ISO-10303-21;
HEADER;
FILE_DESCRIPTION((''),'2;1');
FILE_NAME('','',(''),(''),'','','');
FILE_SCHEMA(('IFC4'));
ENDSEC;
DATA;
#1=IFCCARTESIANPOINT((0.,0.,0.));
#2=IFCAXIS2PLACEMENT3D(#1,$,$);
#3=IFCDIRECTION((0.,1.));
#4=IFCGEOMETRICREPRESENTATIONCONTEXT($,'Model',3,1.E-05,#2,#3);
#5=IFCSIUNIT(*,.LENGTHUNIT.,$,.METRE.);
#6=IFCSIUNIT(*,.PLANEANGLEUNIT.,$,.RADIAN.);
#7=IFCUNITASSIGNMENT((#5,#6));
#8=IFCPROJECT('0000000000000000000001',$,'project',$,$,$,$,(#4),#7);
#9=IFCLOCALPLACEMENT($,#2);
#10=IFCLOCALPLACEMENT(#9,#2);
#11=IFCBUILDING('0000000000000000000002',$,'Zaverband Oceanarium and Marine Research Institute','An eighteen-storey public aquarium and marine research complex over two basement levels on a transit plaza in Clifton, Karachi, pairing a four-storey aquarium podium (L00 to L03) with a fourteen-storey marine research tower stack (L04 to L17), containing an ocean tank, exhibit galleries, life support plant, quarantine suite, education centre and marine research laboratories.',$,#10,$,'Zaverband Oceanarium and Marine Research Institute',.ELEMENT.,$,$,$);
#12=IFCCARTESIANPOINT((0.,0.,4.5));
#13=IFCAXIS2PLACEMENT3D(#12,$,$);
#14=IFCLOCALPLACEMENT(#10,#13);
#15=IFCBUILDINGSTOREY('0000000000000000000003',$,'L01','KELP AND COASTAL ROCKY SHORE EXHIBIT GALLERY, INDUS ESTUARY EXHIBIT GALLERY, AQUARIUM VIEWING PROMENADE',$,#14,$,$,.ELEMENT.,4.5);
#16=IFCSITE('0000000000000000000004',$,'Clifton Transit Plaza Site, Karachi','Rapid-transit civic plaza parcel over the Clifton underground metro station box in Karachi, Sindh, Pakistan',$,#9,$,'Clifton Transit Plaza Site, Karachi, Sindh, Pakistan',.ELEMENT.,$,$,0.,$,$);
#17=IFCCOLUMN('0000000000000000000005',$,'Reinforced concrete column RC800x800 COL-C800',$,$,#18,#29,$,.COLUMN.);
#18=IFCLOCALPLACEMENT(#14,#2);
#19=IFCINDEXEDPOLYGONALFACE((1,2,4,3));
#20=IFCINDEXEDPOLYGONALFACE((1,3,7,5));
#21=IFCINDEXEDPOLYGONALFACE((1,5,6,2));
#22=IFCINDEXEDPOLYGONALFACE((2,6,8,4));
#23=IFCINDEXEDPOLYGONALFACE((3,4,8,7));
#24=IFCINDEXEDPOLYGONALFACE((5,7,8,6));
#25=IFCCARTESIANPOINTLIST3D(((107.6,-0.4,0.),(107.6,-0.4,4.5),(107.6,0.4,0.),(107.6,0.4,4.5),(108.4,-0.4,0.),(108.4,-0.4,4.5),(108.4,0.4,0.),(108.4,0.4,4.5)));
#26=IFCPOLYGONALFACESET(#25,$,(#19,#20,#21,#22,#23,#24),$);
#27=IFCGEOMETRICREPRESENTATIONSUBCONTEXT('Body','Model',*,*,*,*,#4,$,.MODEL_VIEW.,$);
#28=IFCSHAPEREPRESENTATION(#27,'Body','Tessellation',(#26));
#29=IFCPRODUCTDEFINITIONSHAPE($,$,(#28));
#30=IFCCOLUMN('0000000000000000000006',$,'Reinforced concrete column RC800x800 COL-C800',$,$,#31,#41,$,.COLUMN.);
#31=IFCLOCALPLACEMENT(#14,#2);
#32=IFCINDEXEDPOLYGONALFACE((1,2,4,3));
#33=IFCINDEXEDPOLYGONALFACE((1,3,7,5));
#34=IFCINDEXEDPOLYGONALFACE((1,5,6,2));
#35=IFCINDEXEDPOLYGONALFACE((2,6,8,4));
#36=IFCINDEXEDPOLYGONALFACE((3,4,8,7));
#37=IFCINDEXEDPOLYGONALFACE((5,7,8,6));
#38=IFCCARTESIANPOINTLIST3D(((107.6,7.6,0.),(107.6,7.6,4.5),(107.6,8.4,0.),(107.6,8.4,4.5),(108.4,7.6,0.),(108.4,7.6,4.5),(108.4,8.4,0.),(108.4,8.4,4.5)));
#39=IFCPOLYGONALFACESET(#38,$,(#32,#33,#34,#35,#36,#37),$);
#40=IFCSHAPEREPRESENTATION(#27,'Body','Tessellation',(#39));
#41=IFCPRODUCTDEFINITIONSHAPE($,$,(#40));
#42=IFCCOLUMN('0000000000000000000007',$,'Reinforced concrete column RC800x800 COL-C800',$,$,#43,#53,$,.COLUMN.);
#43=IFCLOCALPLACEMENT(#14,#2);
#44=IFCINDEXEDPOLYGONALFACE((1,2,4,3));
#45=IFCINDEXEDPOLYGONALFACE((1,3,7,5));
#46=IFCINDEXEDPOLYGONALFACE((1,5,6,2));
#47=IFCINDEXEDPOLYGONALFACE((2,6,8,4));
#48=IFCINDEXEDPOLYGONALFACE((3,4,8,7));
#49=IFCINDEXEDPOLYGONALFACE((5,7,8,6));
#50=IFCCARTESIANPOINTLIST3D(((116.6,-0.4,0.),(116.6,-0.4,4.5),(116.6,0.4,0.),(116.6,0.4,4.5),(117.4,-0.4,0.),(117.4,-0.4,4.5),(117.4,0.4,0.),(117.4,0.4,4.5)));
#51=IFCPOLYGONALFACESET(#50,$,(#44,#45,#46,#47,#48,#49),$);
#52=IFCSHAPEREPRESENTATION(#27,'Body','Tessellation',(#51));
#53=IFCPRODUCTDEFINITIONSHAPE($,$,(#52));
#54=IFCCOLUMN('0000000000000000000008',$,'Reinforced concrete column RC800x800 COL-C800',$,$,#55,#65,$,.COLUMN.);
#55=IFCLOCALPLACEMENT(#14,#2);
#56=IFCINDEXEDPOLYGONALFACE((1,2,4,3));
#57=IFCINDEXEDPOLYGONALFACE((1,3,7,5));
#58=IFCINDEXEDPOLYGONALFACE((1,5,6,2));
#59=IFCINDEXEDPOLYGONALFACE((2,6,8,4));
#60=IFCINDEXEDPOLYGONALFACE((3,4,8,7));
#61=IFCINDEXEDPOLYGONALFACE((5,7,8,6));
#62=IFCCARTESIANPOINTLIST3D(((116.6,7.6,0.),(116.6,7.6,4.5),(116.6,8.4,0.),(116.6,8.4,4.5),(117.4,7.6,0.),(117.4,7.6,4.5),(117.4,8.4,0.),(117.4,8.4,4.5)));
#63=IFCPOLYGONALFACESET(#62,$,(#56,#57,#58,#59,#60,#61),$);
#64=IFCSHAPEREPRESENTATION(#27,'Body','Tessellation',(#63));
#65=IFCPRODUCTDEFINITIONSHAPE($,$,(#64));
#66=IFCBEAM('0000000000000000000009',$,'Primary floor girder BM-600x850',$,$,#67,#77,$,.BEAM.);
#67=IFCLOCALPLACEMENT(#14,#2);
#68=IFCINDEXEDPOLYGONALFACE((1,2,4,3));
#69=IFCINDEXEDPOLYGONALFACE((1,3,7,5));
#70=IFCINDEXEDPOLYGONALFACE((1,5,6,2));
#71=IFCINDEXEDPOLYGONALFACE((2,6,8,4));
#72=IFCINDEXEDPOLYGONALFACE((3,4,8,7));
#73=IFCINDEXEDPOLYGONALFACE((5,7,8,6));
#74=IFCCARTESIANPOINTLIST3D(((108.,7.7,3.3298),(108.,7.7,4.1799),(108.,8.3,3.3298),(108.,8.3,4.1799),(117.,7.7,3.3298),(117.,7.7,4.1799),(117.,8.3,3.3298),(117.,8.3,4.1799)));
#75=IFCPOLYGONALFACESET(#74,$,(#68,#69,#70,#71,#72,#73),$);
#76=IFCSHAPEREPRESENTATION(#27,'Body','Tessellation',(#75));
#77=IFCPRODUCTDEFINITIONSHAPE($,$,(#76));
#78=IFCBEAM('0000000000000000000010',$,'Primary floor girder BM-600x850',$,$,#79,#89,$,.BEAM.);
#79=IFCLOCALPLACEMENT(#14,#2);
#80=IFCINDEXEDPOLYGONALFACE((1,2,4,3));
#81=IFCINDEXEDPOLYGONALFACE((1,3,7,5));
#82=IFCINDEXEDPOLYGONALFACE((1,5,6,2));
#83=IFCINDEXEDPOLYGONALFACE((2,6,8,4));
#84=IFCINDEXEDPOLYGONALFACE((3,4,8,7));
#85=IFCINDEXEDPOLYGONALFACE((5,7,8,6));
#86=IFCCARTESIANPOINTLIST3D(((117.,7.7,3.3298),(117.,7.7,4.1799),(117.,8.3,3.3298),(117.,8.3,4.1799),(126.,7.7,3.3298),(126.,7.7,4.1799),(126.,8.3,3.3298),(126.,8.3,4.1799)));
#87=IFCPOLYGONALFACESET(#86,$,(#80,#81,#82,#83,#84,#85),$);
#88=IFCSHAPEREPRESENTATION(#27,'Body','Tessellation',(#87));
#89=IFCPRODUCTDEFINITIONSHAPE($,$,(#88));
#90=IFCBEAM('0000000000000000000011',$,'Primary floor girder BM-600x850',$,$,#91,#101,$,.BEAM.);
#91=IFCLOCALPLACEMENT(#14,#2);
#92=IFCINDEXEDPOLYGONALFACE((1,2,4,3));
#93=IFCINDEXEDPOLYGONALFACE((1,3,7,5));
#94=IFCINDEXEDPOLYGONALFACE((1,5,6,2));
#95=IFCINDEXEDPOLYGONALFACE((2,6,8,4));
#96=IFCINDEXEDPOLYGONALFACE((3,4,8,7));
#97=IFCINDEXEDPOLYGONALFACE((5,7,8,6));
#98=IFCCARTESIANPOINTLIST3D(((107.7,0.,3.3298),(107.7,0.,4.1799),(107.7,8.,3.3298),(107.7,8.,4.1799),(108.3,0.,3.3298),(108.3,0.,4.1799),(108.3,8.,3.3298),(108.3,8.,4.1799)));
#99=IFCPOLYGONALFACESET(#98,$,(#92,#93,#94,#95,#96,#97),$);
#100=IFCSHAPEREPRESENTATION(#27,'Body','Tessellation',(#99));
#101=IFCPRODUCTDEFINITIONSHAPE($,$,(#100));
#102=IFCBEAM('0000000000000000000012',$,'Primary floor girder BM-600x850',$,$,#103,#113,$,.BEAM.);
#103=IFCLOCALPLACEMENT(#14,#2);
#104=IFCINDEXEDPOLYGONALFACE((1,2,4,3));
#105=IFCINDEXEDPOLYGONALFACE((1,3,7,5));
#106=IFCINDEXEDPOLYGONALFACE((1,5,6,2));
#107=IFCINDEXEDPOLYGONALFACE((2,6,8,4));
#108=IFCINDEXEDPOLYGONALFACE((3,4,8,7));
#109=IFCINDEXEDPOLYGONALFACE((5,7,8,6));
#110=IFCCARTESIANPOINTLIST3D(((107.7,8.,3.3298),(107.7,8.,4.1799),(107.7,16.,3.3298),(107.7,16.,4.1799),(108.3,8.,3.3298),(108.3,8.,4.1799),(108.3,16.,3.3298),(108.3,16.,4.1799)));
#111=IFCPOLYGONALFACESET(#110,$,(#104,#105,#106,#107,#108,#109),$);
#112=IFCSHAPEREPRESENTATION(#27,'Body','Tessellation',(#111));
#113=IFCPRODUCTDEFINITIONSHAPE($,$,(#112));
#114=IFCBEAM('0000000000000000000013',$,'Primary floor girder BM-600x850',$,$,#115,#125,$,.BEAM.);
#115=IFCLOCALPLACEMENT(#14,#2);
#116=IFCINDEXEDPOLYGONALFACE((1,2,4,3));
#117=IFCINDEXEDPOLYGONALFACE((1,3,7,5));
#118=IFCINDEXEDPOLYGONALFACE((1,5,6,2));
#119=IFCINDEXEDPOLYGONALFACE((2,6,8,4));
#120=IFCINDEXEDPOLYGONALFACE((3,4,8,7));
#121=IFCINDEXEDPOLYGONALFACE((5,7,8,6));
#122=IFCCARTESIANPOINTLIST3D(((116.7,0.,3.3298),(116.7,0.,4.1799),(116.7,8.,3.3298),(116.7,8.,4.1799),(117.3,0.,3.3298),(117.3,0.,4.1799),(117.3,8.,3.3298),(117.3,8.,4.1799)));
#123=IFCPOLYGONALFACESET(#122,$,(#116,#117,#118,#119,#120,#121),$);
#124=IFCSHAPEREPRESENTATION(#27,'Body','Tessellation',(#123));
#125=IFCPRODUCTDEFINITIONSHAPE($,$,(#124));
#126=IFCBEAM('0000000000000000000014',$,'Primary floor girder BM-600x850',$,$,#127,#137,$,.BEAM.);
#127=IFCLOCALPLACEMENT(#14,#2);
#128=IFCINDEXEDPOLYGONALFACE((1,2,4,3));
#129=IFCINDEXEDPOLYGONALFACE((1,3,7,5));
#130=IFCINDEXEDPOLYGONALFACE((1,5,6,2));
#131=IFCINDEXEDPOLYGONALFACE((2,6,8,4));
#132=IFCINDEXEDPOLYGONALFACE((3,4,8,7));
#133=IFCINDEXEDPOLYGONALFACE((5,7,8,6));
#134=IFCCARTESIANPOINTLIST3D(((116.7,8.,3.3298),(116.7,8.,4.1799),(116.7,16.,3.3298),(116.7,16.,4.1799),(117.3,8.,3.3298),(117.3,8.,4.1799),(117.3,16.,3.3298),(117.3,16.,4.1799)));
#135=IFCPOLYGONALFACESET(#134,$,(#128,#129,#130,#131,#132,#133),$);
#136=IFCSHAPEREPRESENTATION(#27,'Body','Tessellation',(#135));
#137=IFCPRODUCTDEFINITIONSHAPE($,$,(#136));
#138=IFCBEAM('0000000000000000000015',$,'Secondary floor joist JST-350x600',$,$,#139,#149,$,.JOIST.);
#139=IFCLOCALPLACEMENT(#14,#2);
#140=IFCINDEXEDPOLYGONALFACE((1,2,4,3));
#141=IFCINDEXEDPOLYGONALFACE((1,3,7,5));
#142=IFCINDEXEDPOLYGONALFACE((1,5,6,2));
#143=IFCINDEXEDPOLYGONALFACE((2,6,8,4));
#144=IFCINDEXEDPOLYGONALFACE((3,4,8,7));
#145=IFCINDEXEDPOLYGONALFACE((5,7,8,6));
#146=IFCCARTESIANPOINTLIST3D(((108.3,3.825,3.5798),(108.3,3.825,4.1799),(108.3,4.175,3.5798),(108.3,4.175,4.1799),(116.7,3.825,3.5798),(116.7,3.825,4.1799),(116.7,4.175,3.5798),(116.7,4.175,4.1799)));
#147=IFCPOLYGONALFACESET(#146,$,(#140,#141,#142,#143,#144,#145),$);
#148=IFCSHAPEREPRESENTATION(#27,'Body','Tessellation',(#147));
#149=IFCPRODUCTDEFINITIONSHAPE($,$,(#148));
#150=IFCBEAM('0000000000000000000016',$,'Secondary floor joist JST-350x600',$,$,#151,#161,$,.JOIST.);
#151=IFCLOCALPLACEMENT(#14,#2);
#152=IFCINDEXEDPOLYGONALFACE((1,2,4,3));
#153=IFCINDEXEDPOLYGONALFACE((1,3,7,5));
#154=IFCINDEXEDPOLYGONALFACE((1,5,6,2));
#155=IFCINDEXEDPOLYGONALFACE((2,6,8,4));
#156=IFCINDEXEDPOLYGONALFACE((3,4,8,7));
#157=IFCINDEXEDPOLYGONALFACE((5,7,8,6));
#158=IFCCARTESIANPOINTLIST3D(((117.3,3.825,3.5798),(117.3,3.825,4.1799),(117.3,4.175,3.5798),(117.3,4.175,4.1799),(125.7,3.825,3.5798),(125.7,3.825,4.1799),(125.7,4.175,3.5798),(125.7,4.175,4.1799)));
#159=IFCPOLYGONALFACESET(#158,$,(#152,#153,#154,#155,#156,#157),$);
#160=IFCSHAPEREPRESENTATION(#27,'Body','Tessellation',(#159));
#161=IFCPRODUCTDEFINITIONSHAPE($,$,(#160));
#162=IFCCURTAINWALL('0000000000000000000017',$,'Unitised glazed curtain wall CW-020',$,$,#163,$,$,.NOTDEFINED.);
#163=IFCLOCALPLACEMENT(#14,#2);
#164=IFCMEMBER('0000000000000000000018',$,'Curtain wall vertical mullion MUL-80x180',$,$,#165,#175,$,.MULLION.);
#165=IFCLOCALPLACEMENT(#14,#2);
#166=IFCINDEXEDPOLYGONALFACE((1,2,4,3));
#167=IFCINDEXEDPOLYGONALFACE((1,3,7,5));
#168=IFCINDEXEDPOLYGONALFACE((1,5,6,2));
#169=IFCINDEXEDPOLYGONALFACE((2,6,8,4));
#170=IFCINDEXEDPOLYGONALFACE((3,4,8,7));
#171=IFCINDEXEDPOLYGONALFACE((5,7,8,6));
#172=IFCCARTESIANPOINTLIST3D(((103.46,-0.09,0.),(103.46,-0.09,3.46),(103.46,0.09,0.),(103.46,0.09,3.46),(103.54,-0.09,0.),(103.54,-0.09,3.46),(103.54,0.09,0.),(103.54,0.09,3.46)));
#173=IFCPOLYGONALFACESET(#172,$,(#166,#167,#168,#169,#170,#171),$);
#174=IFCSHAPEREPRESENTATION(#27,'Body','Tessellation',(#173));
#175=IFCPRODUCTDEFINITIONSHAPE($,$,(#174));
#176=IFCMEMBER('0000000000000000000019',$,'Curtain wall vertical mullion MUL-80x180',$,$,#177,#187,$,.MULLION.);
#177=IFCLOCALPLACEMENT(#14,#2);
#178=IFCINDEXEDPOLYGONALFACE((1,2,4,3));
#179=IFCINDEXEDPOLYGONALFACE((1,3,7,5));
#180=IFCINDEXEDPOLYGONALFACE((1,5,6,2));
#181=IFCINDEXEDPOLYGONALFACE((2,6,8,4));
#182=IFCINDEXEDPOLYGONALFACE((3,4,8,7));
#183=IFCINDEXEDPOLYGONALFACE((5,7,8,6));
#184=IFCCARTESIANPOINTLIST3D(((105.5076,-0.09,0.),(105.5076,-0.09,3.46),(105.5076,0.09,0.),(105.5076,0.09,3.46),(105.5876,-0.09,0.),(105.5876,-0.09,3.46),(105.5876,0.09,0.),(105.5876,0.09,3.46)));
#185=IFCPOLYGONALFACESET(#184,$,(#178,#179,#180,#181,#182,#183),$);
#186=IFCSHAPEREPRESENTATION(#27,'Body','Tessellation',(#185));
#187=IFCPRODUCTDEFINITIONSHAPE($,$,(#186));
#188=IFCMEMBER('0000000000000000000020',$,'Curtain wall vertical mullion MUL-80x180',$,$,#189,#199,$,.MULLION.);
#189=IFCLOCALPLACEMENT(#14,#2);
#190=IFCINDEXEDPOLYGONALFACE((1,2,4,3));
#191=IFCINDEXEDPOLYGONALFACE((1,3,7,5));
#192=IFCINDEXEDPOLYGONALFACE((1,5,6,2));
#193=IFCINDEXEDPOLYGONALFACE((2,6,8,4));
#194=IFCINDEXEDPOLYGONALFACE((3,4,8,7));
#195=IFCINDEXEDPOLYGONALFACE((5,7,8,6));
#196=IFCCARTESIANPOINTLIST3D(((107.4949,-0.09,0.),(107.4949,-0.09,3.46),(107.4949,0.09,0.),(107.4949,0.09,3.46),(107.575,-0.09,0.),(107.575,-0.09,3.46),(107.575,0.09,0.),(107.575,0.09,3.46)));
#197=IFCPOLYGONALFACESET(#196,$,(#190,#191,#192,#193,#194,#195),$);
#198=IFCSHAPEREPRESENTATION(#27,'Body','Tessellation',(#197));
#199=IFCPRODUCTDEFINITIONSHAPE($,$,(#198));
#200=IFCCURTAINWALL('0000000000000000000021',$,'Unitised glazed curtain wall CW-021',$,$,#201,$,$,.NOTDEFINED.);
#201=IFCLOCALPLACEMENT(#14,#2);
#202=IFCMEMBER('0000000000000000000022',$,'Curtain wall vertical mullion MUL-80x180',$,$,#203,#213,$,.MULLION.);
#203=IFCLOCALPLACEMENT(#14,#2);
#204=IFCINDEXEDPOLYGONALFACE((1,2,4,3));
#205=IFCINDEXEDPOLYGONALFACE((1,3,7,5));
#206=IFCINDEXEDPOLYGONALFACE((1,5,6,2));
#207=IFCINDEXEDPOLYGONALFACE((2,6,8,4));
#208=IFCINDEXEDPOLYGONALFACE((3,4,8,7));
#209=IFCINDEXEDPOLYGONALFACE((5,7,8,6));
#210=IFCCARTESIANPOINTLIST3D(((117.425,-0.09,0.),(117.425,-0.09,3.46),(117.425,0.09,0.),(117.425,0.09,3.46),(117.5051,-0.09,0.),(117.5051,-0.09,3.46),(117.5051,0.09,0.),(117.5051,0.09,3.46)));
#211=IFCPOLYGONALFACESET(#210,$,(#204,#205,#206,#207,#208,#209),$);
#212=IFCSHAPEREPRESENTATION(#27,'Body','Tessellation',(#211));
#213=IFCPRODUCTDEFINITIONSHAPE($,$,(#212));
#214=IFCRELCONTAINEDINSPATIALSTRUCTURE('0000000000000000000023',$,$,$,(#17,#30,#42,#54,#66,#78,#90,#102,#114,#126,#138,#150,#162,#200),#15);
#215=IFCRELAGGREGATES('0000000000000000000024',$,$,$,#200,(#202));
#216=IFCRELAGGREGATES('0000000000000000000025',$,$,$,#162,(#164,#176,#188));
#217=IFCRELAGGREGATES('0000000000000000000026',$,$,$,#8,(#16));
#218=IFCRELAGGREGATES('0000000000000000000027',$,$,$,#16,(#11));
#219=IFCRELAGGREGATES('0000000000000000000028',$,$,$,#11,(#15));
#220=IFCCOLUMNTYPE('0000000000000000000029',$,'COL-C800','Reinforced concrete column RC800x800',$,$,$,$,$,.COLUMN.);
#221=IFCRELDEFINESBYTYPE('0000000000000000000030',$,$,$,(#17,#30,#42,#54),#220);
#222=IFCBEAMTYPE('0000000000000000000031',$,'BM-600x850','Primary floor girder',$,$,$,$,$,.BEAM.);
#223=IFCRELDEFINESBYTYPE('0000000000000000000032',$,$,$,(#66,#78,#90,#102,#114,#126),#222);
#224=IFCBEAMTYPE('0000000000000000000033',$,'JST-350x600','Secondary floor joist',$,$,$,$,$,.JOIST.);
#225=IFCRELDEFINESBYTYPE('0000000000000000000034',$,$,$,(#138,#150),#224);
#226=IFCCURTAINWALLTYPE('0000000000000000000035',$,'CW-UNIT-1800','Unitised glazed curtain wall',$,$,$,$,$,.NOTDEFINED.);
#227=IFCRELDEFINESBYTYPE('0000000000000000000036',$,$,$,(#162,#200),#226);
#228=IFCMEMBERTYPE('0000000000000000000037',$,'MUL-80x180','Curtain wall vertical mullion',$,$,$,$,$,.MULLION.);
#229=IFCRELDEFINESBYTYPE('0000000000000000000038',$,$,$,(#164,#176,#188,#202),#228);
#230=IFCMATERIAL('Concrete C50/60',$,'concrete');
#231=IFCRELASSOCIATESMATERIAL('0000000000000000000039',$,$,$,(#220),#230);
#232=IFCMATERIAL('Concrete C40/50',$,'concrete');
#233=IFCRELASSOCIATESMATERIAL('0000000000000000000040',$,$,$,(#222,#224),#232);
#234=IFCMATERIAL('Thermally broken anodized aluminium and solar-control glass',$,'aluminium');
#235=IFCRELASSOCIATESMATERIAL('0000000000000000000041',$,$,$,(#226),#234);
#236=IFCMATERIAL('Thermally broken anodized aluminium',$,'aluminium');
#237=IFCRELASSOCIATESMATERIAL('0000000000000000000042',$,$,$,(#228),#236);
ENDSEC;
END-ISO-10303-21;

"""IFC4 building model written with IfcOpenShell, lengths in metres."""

from ifc_helpers import new_model, si_unit, direction, frame, origin, origin_2d, place, context, subcontext, project, spatial, rectangle, extrude, material, material_profile, profile_set, type_object, element, aggregate, save


model = new_model("IFC4")

# Units and contexts
model_context = context("Model", 3, precision=1e-05, world=origin(), true_north=direction((0.0, 1.0)))
body_context = subcontext(model_context, "Body", "Model", "MODEL_VIEW")
ifc_project = project(units=[si_unit("LENGTHUNIT", "METRE"), si_unit("PLANEANGLEUNIT", "RADIAN")], contexts=[model_context])

# Site, building, storey
site_placement = place(None, origin())
site = spatial("IfcSite", under=ifc_project, at=site_placement, Name="Clifton Transit Plaza Site, Karachi", Description="Rapid-transit civic plaza parcel over the Clifton underground metro station box in Karachi, Sindh, Pakistan", LongName="Clifton Transit Plaza Site, Karachi, Sindh, Pakistan", CompositionType="ELEMENT", RefElevation=0.0)
building_placement = place(site_placement, origin())
building = spatial("IfcBuilding", under=site, at=building_placement, Name="Zaverband Oceanarium and Marine Research Institute", Description="An eighteen-storey public aquarium and marine research complex over two basement levels on a transit plaza in Clifton, Karachi, pairing a four-storey aquarium podium (L00 to L03) with a fourteen-storey marine research tower stack (L04 to L17), containing an ocean tank, exhibit galleries, life support plant, quarantine suite, education centre and marine research laboratories.", LongName="Zaverband Oceanarium and Marine Research Institute", CompositionType="ELEMENT")
storey_placement = place(building_placement, frame((0.0, 0.0, 4.5)))
storey = spatial("IfcBuildingStorey", under=building, at=storey_placement, Name="L01", Description="KELP AND COASTAL ROCKY SHORE EXHIBIT GALLERY, INDUS ESTUARY EXHIBIT GALLERY, AQUARIUM VIEWING PROMENADE", CompositionType="ELEMENT", Elevation=4.5)

# Columns
ifc_material_1 = material(Name="Concrete C50/60", Category="concrete")
ifc_material_profile_1 = material_profile(ifc_material_1, rectangle(XDim=0.8, YDim=0.8, at=origin_2d()), Name="RC800x800")
ifc_profile_set_1 = profile_set([ifc_material_profile_1], Name="Concrete C50/60")
column_type = type_object("IfcColumnType", Name="COL-C800", Description="Reinforced concrete column RC800x800", PredefinedType="COLUMN", material=ifc_profile_set_1)
for number, where, z_axis, x_axis, name in (
    (1, (108.0, 0.0, 0.0), (0.0, 0.0, 1.0), (1.0, 0.0, 0.0), "Reinforced concrete column RC800x800 COL-C800"),
    (2, (108.0, 8.0, 0.0), (0.0, 0.0, 1.0), (1.0, 0.0, 0.0), "Reinforced concrete column RC800x800 COL-C800"),
    (3, (117.0, 0.0, 0.0), (0.0, 0.0, 1.0), (1.0, 0.0, 0.0), "Reinforced concrete column RC800x800 COL-C800"),
    (4, (117.0, 8.0, 0.0), (0.0, 0.0, 1.0), (1.0, 0.0, 0.0), "Reinforced concrete column RC800x800 COL-C800"),
):
    element("IfcColumn", number, at=place(storey_placement, frame(where, z_axis=z_axis, x_axis=x_axis)), inside=storey, type_object=column_type, Name=name, PredefinedType="COLUMN", context=body_context, shape_type="SweptSolid", body=[
        extrude(rectangle(XDim=0.8, YDim=0.8, at=origin_2d()), origin(), (0.0, 0.0, 1.0), 4.5),
    ])

# Beams
ifc_material_2 = material(Name="Concrete C40/50", Category="concrete")
ifc_material_profile_2 = material_profile(ifc_material_2, rectangle(XDim=0.6001, YDim=0.8501, at=origin_2d()), Name="RC600x850")
ifc_profile_set_2 = profile_set([ifc_material_profile_2], Name="Concrete C40/50")
beam_type_1 = type_object("IfcBeamType", Name="BM-600x850", Description="Primary floor girder", PredefinedType="BEAM", material=ifc_profile_set_2)
for number, where, z_axis, x_axis, name in (
    (5, (108.0, 8.0, 3.7549), (1.0, 0.0, 0.0), (0.0, 1.0, 0.0), "Primary floor girder BM-600x850"),
    (6, (117.0, 8.0, 3.7549), (1.0, 0.0, 0.0), (0.0, 1.0, 0.0), "Primary floor girder BM-600x850"),
):
    element("IfcBeam", number, at=place(storey_placement, frame(where, z_axis=z_axis, x_axis=x_axis)), inside=storey, type_object=beam_type_1, Name=name, PredefinedType="BEAM", context=body_context, shape_type="SweptSolid", body=[
        extrude(rectangle(XDim=0.6001, YDim=0.8501, at=origin_2d()), origin(), (0.0, 0.0, 1.0), 9.0),
    ])
for number, where, z_axis, x_axis, name in (
    (7, (108.0, 0.0, 3.7549), (0.0, 1.0, 0.0), (-1.0, 0.0, 0.0), "Primary floor girder BM-600x850"),
    (8, (108.0, 8.0, 3.7549), (0.0, 1.0, 0.0), (-1.0, 0.0, 0.0), "Primary floor girder BM-600x850"),
    (9, (117.0, 0.0, 3.7549), (0.0, 1.0, 0.0), (-1.0, 0.0, 0.0), "Primary floor girder BM-600x850"),
    (10, (117.0, 8.0, 3.7549), (0.0, 1.0, 0.0), (-1.0, 0.0, 0.0), "Primary floor girder BM-600x850"),
):
    element("IfcBeam", number, at=place(storey_placement, frame(where, z_axis=z_axis, x_axis=x_axis)), inside=storey, type_object=beam_type_1, Name=name, PredefinedType="BEAM", context=body_context, shape_type="SweptSolid", body=[
        extrude(rectangle(XDim=0.6001, YDim=0.8501, at=origin_2d()), origin(), (0.0, 0.0, 1.0), 8.0),
    ])
ifc_material_profile_3 = material_profile(ifc_material_2, rectangle(XDim=0.3501, YDim=0.6001, at=origin_2d()), Name="RC350x600")
ifc_profile_set_3 = profile_set([ifc_material_profile_3], Name="Concrete C40/50")
beam_type_2 = type_object("IfcBeamType", Name="JST-350x600", Description="Secondary floor joist", PredefinedType="JOIST", material=ifc_profile_set_3)
for number, where, z_axis, x_axis, name in (
    (11, (108.3, 4.0, 3.8799), (1.0, 0.0, 0.0), (0.0, 1.0, 0.0), "Secondary floor joist JST-350x600"),
    (12, (117.3, 4.0, 3.8799), (1.0, 0.0, 0.0), (0.0, 1.0, 0.0), "Secondary floor joist JST-350x600"),
):
    element("IfcBeam", number, at=place(storey_placement, frame(where, z_axis=z_axis, x_axis=x_axis)), inside=storey, type_object=beam_type_2, Name=name, PredefinedType="JOIST", context=body_context, shape_type="SweptSolid", body=[
        extrude(rectangle(XDim=0.3501, YDim=0.6001, at=origin_2d()), origin(), (0.0, 0.0, 1.0), 8.3999),
    ])

# Curtain wall, members
ifc_material_3 = material(Name="Thermally broken anodized aluminium and solar-control glass", Category="aluminium")
curtain_wall_type = type_object("IfcCurtainWallType", Name="CW-UNIT-1800", Description="Unitised glazed curtain wall", PredefinedType="NOTDEFINED", material=ifc_material_3)
curtain_wall_1_placement = place(storey_placement, origin())
curtain_wall_1 = element("IfcCurtainWall", 13, at=curtain_wall_1_placement, inside=storey, type_object=curtain_wall_type, Name="Unitised glazed curtain wall CW-020", PredefinedType="NOTDEFINED")
ifc_material_4 = material(Name="Thermally broken anodized aluminium", Category="aluminium")
ifc_material_profile_4 = material_profile(ifc_material_4, rectangle(XDim=0.0801, YDim=0.1799, at=origin_2d()), Name="AL-MUL-80x180")
ifc_profile_set_4 = profile_set([ifc_material_profile_4], Name="Thermally broken anodized aluminium")
member_type_1 = type_object("IfcMemberType", Name="MUL-80x180", Description="Curtain wall vertical mullion", PredefinedType="MULLION", material=ifc_profile_set_4)
member_1_placement = place(storey_placement, frame((103.5, 0.0, 0.0), z_axis=(0.0, 0.0, 1.0), x_axis=(1.0, 0.0, 0.0)))
member_1 = element("IfcMember", 14, at=member_1_placement, type_object=member_type_1, Name="Curtain wall vertical mullion MUL-80x180", PredefinedType="MULLION", context=body_context, shape_type="SweptSolid", body=[
    extrude(rectangle(XDim=0.0801, YDim=0.1799, at=origin_2d()), origin(), (0.0, 0.0, 1.0), 3.46),
])
member_2_placement = place(storey_placement, frame((105.5476, 0.0, 0.0), z_axis=(0.0, 0.0, 1.0), x_axis=(1.0, 0.0, 0.0)))
member_2 = element("IfcMember", 15, at=member_2_placement, type_object=member_type_1, Name="Curtain wall vertical mullion MUL-80x180", PredefinedType="MULLION", context=body_context, shape_type="SweptSolid", body=[
    extrude(rectangle(XDim=0.0801, YDim=0.1799, at=origin_2d()), origin(), (0.0, 0.0, 1.0), 3.46),
])
member_3_placement = place(storey_placement, frame((107.5349, 0.0, 0.0), z_axis=(0.0, 0.0, 1.0), x_axis=(1.0, 0.0, 0.0)))
member_3 = element("IfcMember", 16, at=member_3_placement, type_object=member_type_1, Name="Curtain wall vertical mullion MUL-80x180", PredefinedType="MULLION", context=body_context, shape_type="SweptSolid", body=[
    extrude(rectangle(XDim=0.0801, YDim=0.1799, at=origin_2d()), origin(), (0.0, 0.0, 1.0), 3.46),
])

# Curtain wall, member
curtain_wall_2_placement = place(storey_placement, origin())
curtain_wall_2 = element("IfcCurtainWall", 17, at=curtain_wall_2_placement, inside=storey, type_object=curtain_wall_type, Name="Unitised glazed curtain wall CW-021", PredefinedType="NOTDEFINED")
member_4_placement = place(storey_placement, frame((117.4651, 0.0, 0.0), z_axis=(0.0, 0.0, 1.0), x_axis=(1.0, 0.0, 0.0)))
member_4 = element("IfcMember", 18, at=member_4_placement, type_object=member_type_1, Name="Curtain wall vertical mullion MUL-80x180", PredefinedType="MULLION", context=body_context, shape_type="SweptSolid", body=[
    extrude(rectangle(XDim=0.0801, YDim=0.1799, at=origin_2d()), origin(), (0.0, 0.0, 1.0), 3.46),
])

aggregate(curtain_wall_2, [member_4])

aggregate(curtain_wall_1, [member_1, member_2, member_3])

save(model, "model.ifc")
